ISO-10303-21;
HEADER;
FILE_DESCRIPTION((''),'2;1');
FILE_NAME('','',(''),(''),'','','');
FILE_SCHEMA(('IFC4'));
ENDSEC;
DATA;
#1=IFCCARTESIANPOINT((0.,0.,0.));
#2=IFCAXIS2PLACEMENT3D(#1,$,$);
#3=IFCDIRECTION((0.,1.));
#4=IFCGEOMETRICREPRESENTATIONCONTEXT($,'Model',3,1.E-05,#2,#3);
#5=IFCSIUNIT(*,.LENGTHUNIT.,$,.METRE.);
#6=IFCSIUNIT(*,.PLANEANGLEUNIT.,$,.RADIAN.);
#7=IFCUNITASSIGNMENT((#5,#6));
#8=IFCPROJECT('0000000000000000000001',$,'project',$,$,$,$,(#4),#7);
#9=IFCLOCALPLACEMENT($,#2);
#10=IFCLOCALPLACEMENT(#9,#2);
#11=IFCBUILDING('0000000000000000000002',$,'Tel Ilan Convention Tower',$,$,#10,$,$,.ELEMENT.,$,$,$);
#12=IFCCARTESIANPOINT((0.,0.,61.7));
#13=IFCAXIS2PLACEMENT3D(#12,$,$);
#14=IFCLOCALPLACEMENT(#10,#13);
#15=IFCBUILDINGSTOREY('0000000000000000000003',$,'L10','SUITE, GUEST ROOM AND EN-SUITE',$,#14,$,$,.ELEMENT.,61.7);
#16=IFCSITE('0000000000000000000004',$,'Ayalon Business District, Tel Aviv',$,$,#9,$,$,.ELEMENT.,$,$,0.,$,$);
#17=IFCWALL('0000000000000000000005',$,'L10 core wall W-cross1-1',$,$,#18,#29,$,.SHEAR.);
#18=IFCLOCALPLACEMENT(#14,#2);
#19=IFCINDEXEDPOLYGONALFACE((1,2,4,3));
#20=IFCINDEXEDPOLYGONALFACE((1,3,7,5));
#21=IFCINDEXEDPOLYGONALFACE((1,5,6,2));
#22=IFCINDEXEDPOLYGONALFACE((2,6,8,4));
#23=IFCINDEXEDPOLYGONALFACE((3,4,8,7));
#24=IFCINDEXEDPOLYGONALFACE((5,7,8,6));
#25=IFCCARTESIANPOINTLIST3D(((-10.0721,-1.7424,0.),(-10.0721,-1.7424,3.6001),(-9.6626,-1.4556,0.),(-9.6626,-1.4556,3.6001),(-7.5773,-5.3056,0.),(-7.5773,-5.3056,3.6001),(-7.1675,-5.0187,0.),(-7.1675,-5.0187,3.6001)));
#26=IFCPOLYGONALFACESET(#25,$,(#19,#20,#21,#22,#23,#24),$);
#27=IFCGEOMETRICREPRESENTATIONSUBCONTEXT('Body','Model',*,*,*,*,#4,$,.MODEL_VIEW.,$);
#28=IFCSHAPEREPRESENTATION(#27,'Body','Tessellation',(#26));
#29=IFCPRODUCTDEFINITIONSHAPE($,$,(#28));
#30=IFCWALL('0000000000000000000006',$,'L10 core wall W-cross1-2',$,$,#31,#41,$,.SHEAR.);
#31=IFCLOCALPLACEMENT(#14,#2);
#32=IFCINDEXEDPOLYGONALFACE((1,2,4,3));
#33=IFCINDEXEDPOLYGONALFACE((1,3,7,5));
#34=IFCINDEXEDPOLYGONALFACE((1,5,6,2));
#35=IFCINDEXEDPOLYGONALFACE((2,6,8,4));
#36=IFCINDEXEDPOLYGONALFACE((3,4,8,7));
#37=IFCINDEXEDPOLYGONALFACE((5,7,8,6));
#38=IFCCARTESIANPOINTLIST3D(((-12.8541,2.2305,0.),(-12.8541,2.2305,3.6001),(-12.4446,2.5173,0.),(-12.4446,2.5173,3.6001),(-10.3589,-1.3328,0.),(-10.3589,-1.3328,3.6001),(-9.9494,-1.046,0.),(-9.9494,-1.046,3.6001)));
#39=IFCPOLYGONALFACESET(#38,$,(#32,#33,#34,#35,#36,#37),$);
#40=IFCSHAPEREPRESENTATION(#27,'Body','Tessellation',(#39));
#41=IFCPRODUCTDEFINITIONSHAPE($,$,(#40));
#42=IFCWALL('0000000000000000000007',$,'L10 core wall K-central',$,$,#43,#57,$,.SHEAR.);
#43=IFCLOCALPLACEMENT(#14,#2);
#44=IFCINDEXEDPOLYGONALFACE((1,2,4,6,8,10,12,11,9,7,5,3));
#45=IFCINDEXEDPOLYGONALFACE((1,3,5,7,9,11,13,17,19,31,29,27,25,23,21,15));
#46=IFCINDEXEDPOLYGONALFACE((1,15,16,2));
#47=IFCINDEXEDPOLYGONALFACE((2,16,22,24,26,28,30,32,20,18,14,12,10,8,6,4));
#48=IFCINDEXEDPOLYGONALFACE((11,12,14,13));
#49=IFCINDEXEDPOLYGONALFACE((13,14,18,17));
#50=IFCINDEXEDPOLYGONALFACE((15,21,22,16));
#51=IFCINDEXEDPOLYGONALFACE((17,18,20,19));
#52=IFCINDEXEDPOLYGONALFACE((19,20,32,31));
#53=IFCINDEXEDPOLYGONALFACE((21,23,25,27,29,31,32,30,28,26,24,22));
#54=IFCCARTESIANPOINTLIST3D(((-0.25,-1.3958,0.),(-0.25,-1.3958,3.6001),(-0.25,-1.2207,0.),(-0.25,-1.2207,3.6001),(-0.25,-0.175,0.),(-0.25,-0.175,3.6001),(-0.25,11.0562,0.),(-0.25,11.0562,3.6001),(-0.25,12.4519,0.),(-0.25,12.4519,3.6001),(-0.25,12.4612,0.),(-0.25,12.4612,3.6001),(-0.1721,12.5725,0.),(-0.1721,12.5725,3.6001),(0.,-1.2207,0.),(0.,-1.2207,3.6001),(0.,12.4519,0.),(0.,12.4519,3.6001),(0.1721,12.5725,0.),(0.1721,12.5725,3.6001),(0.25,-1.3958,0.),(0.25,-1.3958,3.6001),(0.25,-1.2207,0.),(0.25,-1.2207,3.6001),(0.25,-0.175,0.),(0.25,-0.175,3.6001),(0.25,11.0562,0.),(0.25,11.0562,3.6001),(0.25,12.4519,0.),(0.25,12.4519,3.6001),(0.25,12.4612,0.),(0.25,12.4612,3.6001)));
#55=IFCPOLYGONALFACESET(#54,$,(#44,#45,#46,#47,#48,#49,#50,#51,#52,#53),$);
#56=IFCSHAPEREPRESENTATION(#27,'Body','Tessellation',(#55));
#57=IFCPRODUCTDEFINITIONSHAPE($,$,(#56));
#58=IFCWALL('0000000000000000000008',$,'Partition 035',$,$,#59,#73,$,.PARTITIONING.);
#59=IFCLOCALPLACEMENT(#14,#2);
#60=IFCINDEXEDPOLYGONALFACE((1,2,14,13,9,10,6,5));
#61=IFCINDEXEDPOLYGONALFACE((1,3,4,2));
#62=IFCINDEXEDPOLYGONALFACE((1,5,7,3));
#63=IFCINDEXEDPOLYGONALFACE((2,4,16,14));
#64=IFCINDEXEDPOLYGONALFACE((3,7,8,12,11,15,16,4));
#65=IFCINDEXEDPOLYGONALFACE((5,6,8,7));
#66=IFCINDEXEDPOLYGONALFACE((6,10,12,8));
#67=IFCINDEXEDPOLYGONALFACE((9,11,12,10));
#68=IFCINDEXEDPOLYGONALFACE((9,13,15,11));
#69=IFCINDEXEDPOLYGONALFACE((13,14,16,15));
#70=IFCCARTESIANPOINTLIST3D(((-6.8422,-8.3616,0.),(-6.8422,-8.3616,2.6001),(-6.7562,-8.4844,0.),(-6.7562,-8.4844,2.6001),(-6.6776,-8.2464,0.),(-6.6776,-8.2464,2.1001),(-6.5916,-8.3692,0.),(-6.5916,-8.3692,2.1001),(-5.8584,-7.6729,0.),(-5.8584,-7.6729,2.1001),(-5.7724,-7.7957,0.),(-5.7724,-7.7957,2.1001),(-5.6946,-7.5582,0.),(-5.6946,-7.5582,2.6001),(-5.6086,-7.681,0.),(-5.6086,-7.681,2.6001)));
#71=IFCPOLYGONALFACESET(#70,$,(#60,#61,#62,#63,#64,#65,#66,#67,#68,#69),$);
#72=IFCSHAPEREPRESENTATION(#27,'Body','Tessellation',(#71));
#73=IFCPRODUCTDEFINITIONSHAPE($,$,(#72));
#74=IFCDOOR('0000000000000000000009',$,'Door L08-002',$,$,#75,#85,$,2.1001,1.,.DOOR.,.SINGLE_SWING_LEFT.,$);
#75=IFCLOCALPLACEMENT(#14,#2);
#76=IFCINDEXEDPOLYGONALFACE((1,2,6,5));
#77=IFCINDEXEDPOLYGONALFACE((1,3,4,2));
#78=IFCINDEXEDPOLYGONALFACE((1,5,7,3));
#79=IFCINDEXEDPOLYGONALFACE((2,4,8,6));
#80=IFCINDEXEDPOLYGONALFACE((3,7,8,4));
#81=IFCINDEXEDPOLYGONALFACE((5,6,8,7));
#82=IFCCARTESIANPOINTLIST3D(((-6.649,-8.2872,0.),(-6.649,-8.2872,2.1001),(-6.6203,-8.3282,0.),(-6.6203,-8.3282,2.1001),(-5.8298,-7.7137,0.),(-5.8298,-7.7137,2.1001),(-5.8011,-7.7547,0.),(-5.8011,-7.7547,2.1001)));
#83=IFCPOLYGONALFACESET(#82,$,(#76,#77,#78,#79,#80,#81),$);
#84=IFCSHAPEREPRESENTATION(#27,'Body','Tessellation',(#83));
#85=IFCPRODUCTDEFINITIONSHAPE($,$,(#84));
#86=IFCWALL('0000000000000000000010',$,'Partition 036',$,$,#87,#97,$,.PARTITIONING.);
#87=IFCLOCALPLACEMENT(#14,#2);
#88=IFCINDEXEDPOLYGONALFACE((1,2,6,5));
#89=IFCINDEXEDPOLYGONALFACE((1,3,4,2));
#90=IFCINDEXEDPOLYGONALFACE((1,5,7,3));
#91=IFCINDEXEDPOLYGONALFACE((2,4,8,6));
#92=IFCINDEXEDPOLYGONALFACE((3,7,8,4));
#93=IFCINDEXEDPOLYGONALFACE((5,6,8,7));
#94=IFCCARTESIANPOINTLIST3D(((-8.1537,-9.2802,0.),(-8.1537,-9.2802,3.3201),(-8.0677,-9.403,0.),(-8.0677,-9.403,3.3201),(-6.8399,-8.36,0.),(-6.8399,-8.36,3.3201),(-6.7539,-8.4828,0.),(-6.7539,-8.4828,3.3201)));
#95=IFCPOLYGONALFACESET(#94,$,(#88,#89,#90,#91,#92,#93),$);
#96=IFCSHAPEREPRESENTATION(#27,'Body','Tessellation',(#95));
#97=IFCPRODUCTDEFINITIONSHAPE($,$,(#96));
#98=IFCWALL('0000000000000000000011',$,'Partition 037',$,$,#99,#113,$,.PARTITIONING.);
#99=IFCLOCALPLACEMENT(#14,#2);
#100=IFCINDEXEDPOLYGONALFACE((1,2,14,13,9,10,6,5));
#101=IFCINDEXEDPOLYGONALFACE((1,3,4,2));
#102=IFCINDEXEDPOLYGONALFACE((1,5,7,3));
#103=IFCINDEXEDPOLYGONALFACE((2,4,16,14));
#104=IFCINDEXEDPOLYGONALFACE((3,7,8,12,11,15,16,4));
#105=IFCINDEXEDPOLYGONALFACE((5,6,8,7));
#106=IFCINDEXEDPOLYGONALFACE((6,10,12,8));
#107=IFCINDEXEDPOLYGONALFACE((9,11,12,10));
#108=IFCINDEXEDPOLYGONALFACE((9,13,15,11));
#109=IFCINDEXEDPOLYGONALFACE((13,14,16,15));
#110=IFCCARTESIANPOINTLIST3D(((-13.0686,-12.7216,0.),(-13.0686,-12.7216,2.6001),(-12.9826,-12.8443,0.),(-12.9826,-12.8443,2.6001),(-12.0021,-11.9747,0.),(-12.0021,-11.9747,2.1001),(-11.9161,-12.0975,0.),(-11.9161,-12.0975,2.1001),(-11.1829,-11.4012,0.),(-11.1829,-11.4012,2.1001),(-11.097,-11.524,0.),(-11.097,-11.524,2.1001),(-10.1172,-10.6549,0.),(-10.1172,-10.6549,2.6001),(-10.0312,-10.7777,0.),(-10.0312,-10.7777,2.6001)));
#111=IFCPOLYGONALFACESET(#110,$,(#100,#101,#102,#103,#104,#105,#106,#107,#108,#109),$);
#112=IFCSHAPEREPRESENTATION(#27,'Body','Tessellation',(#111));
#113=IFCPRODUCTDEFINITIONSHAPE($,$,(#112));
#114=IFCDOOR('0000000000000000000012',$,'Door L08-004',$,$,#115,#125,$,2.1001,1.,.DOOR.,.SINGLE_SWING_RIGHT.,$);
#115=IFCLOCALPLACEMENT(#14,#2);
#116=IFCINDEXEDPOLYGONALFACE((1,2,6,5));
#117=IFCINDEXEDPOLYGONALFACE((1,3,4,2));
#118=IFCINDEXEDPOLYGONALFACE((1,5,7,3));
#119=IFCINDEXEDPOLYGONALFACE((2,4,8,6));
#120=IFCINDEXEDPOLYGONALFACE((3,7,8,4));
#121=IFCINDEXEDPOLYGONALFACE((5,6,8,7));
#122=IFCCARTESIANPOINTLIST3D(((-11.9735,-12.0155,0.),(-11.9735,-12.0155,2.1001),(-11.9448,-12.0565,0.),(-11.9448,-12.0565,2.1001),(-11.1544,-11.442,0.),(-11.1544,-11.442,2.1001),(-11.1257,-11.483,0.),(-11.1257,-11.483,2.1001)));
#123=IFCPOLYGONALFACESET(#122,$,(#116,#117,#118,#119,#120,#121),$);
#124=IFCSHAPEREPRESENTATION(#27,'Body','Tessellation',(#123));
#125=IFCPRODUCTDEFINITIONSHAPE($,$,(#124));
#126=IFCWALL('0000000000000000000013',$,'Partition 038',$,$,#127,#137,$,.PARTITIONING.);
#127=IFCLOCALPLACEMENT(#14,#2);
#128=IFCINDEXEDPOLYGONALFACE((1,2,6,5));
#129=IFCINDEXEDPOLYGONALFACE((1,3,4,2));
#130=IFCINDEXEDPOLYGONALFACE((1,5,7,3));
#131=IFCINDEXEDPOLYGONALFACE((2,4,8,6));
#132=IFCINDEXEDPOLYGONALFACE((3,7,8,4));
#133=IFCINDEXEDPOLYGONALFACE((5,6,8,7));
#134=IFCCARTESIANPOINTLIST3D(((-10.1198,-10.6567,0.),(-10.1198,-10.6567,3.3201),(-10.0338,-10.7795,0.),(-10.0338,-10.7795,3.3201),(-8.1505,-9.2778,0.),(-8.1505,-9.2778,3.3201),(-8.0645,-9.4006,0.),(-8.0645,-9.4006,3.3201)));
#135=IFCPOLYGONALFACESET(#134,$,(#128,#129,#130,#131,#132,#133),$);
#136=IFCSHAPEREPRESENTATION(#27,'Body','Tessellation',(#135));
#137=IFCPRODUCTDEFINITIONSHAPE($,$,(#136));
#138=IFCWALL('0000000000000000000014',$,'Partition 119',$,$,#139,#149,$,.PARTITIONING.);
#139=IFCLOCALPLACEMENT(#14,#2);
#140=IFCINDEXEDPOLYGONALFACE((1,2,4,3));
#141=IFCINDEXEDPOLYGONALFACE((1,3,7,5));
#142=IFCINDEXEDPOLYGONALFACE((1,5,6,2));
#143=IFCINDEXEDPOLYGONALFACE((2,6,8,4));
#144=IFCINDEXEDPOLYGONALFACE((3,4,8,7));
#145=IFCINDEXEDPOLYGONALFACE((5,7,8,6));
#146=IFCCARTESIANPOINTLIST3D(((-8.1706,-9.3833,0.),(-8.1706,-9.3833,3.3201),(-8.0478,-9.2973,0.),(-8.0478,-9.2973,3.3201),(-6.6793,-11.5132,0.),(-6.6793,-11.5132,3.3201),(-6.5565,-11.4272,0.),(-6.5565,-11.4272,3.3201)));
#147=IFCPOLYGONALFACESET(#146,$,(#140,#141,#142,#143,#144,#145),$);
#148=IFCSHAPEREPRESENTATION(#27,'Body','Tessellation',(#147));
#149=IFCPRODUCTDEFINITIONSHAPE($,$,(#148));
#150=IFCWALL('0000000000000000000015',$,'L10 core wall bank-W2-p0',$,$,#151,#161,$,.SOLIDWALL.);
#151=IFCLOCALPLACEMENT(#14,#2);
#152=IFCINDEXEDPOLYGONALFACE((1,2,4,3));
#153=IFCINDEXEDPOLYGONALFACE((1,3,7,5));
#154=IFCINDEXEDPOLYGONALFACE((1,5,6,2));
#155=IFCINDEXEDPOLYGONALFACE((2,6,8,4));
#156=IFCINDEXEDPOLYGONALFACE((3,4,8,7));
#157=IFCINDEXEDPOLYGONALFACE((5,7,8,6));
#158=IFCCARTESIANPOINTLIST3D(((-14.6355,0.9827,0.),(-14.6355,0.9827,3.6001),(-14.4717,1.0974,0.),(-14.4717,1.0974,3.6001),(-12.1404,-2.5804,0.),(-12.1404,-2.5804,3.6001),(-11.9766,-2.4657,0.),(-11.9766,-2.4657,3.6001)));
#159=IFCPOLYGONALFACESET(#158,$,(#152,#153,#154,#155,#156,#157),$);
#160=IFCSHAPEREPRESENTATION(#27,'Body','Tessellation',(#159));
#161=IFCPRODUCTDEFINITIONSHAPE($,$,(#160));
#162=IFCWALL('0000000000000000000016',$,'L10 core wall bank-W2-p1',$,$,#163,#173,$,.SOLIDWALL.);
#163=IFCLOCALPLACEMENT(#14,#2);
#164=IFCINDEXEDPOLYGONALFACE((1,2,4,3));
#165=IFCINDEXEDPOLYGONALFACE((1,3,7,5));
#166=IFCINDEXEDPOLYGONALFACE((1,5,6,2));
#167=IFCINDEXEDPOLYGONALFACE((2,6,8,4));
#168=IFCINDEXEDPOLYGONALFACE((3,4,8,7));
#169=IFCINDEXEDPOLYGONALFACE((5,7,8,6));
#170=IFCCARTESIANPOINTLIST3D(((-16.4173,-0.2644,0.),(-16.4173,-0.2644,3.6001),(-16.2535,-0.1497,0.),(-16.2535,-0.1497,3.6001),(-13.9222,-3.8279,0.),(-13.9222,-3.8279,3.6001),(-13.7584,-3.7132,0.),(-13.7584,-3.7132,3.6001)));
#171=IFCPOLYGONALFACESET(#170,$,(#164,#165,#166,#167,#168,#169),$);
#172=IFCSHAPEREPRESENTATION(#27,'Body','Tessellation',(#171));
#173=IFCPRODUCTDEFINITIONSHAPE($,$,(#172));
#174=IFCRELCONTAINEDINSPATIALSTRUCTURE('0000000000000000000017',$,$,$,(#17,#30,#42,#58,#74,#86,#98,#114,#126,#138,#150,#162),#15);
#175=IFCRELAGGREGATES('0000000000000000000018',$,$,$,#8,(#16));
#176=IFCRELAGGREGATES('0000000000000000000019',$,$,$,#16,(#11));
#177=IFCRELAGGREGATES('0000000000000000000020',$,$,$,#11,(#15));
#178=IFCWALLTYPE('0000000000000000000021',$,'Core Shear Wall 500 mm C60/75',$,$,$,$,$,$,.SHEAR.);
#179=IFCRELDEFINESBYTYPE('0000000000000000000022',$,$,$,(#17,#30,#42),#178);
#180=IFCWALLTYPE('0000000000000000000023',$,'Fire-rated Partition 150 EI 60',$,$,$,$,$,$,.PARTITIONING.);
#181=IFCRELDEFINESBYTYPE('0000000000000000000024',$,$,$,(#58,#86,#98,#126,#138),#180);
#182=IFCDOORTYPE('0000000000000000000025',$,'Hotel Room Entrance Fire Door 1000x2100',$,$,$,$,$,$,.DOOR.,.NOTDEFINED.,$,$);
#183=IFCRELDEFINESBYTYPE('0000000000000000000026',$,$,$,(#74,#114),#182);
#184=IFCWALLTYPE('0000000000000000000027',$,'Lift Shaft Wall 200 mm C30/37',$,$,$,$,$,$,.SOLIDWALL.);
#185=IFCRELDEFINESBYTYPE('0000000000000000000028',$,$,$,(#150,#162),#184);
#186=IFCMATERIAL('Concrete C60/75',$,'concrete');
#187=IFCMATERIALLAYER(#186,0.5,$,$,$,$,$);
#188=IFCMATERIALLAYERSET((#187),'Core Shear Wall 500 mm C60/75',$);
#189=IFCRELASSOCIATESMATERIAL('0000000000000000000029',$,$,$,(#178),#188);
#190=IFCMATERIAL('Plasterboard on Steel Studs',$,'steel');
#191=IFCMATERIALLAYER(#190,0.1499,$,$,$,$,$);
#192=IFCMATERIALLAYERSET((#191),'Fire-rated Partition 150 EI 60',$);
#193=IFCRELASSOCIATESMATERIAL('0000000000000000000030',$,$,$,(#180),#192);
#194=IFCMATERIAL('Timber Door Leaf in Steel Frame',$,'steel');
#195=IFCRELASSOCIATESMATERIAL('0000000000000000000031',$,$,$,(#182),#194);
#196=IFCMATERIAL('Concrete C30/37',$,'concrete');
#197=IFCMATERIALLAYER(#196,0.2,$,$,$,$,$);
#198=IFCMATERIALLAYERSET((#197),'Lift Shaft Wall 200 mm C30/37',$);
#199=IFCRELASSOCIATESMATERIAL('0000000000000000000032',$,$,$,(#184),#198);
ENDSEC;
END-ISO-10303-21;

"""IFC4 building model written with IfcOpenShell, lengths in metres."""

from ifc_helpers import new_model, si_unit, direction, frame, frame_2d, origin, place, context, subcontext, project, spatial, polyline, rectangle, outline, extrude, material, layer, layer_set, type_object, element, fill, save


model = new_model("IFC4")

# Units and contexts
model_context = context("Model", 3, precision=1e-05, world=origin(), true_north=direction((0.0, 1.0)))
body_context = subcontext(model_context, "Body", "Model", "MODEL_VIEW")
ifc_project = project(units=[si_unit("LENGTHUNIT", "METRE"), si_unit("PLANEANGLEUNIT", "RADIAN")], contexts=[model_context])

# Site, building, storey
site_placement = place(None, origin())
site = spatial("IfcSite", under=ifc_project, at=site_placement, Name="Ayalon Business District, Tel Aviv", CompositionType="ELEMENT", RefElevation=0.0)
building_placement = place(site_placement, origin())
building = spatial("IfcBuilding", under=site, at=building_placement, Name="Tel Ilan Convention Tower", CompositionType="ELEMENT")
storey_placement = place(building_placement, frame((0.0, 0.0, 61.7)))
storey = spatial("IfcBuildingStorey", under=building, at=storey_placement, Name="L10", Description="SUITE, GUEST ROOM AND EN-SUITE", CompositionType="ELEMENT", Elevation=61.7)

# Walls
ifc_material_1 = material(Name="Concrete C60/75", Category="concrete")
ifc_layer_1 = layer(ifc_material_1, 0.5)
ifc_layer_set_1 = layer_set([ifc_layer_1], Name="Core Shear Wall 500 mm C60/75")
wall_type_1 = type_object("IfcWallType", Name="Core Shear Wall 500 mm C60/75", PredefinedType="SHEAR", material=ifc_layer_set_1)
wall_1_placement = place(storey_placement, frame((-7.3723, -5.1621, 0.0), z_axis=(0.0, 0.0, 1.0), x_axis=(-0.573594, 0.81914, 0.0)))
element("IfcWall", 1, at=wall_1_placement, inside=storey, type_object=wall_type_1, Name="L10 core wall W-cross1-1", PredefinedType="SHEAR", context=body_context, shape_type="SweptSolid", body=[
    extrude(outline(polyline([(4.3499, 0.25), (0.0, 0.2502), (0.0, -0.25), (4.3499, -0.25), (4.3499, 0.25)])), origin(), (0.0, 0.0, 1.0), 3.6001),
])
wall_2_placement = place(storey_placement, frame((-10.1543, -1.1892, 0.0), z_axis=(0.0, 0.0, 1.0), x_axis=(-0.573594, 0.81914, 0.0)))
element("IfcWall", 2, at=wall_2_placement, inside=storey, type_object=wall_type_1, Name="L10 core wall W-cross1-2", PredefinedType="SHEAR", context=body_context, shape_type="SweptSolid", body=[
    extrude(outline(polyline([(4.3499, -0.25), (4.3499, 0.25), (-0.0002, 0.25), (-0.0002, -0.25), (4.3499, -0.25)])), origin(), (0.0, 0.0, 1.0), 3.6001),
])
wall_3_placement = place(storey_placement, frame((0.0, -1.3958, 0.0), z_axis=(0.0, 0.0, 1.0), x_axis=(0.0, 1.0, 0.0)))
element("IfcWall", 3, at=wall_3_placement, inside=storey, type_object=wall_type_1, Name="L10 core wall K-central", PredefinedType="SHEAR", context=body_context, shape_type="SweptSolid", body=[
    extrude(outline(polyline([(0.0, -0.25), (0.175, -0.25), (1.2207, -0.25), (12.4519, -0.25), (13.8477, -0.25), (13.8569, -0.25), (13.9683, -0.1721), (13.8477, 0.0), (13.9683, 0.1721), (13.8569, 0.25), (13.8477, 0.25), (12.4519, 0.25), (1.2207, 0.25), (0.175, 0.25), (0.0, 0.25), (0.175, 0.0), (0.0, -0.25)])), origin(), (0.0, 0.0, 1.0), 3.6001),
])

# Wall, opening, door
ifc_material_2 = material(Name="Plasterboard on Steel Studs", Category="steel")
ifc_layer_2 = layer(ifc_material_2, 0.1499)
ifc_layer_set_2 = layer_set([ifc_layer_2], Name="Fire-rated Partition 150 EI 60")
wall_type_2 = type_object("IfcWallType", Name="Fire-rated Partition 150 EI 60", PredefinedType="PARTITIONING", material=ifc_layer_set_2)
wall_4_placement = place(storey_placement, frame((-5.6516, -7.6196, 0.0), z_axis=(0.0, 0.0, 1.0), x_axis=(-0.819207, -0.573497, 0.0)))
wall_4 = element("IfcWall", 4, at=wall_4_placement, inside=storey, type_object=wall_type_2, Name="Partition 035", PredefinedType="PARTITIONING", context=body_context, shape_type="SweptSolid", body=[
    extrude(rectangle(XDim=1.4009, YDim=0.1499, at=frame_2d((0.7004, 0.0))), origin(), (0.0, 0.0, 1.0), 2.6001),
])
opening_1_placement = place(wall_4_placement, frame((0.2, 0.0, 0.0)))
opening_1 = element("IfcOpeningElement", 5, at=opening_1_placement, cuts=wall_4, PredefinedType="OPENING", context=body_context, shape_type="SweptSolid", body=[
    extrude(rectangle(XDim=1.0, YDim=2.1001, at=frame_2d((0.5, 1.05))), frame((0.0, 0.085, 0.0), z_axis=(0.0, -1.0, 0.0), x_axis=(1.0, 0.0, 0.0)), (0.0, 0.0, 1.0), 0.1699),
])
ifc_material_3 = material(Name="Timber Door Leaf in Steel Frame", Category="steel")
door_type_1 = type_object("IfcDoorType", Name="Hotel Room Entrance Fire Door 1000x2100", OperationType="NOTDEFINED", PredefinedType="DOOR", material=ifc_material_3)
door_1_placement = place(opening_1_placement, origin())
door_1 = element("IfcDoor", 6, at=door_1_placement, inside=storey, type_object=door_type_1, Name="Door L08-002", OperationType="SINGLE_SWING_LEFT", OverallHeight=2.1001, OverallWidth=1.0, PredefinedType="DOOR", context=body_context, shape_type="SweptSolid", body=[
    extrude(rectangle(XDim=1.0, YDim=2.1001, at=frame_2d((0.5, 1.05))), frame((0.0, 0.0249, 0.0), z_axis=(0.0, -1.0, 0.0), x_axis=(1.0, 0.0, 0.0)), (0.0, 0.0, 1.0), 0.05),
])
fill(opening_1, door_1)

# Wall
wall_5_placement = place(storey_placement, frame((-6.7969, -8.4214, 0.0), z_axis=(0.0, 0.0, 1.0), x_axis=(-0.819067, -0.573697, 0.0)))
element("IfcWall", 7, at=wall_5_placement, inside=storey, type_object=wall_type_2, Name="Partition 036", PredefinedType="PARTITIONING", context=body_context, shape_type="SweptSolid", body=[
    extrude(rectangle(XDim=1.604, YDim=0.1499, at=frame_2d((0.802, 0.0))), origin(), (0.0, 0.0, 1.0), 3.3201),
])

# Wall, opening, door
wall_6_placement = place(storey_placement, frame((-10.0742, -10.7163, 0.0), z_axis=(0.0, 0.0, 1.0), x_axis=(-0.819146, -0.573585, 0.0)))
wall_6 = element("IfcWall", 8, at=wall_6_placement, inside=storey, type_object=wall_type_2, Name="Partition 037", PredefinedType="PARTITIONING", context=body_context, shape_type="SweptSolid", body=[
    extrude(rectangle(XDim=3.603, YDim=0.1499, at=frame_2d((1.8015, 0.0))), origin(), (0.0, 0.0, 1.0), 2.6001),
])
opening_2_placement = place(wall_6_placement, frame((1.301, 0.0, 0.0)))
opening_2 = element("IfcOpeningElement", 9, at=opening_2_placement, cuts=wall_6, PredefinedType="OPENING", context=body_context, shape_type="SweptSolid", body=[
    extrude(rectangle(XDim=1.0, YDim=2.1001, at=frame_2d((0.5, 1.05))), frame((0.0, 0.085, 0.0), z_axis=(0.0, -1.0, 0.0), x_axis=(1.0, 0.0, 0.0)), (0.0, 0.0, 1.0), 0.1699),
])
door_2_placement = place(opening_2_placement, origin())
door_2 = element("IfcDoor", 10, at=door_2_placement, inside=storey, type_object=door_type_1, Name="Door L08-004", OperationType="SINGLE_SWING_RIGHT", OverallHeight=2.1001, OverallWidth=1.0, PredefinedType="DOOR", context=body_context, shape_type="SweptSolid", body=[
    extrude(rectangle(XDim=1.0, YDim=2.1001, at=frame_2d((0.5, 1.05))), frame((0.0, 0.0249, 0.0), z_axis=(0.0, -1.0, 0.0), x_axis=(1.0, 0.0, 0.0)), (0.0, 0.0, 1.0), 0.05),
])
fill(opening_2, door_2)

# Walls
wall_7_placement = place(storey_placement, frame((-8.1074, -9.3391, 0.0), z_axis=(0.0, 0.0, 1.0), x_axis=(-0.819146, -0.573585, 0.0)))
element("IfcWall", 11, at=wall_7_placement, inside=storey, type_object=wall_type_2, Name="Partition 038", PredefinedType="PARTITIONING", context=body_context, shape_type="SweptSolid", body=[
    extrude(rectangle(XDim=2.4041, YDim=0.1499, at=frame_2d((1.2021, 0.0))), origin(), (0.0, 0.0, 1.0), 3.3201),
])
wall_8_placement = place(storey_placement, frame((-6.6179, -11.4702, 0.0), z_axis=(0.0, 0.0, 1.0), x_axis=(-0.573538, 0.819179, 0.0)))
element("IfcWall", 12, at=wall_8_placement, inside=storey, type_object=wall_type_2, Name="Partition 119", PredefinedType="PARTITIONING", context=body_context, shape_type="SweptSolid", body=[
    extrude(rectangle(XDim=2.6001, YDim=0.1499, at=frame_2d((1.3, 0.0))), origin(), (0.0, 0.0, 1.0), 3.3201),
])
ifc_material_4 = material(Name="Concrete C30/37", Category="concrete")
ifc_layer_3 = layer(ifc_material_4, 0.2)
ifc_layer_set_3 = layer_set([ifc_layer_3], Name="Lift Shaft Wall 200 mm C30/37")
wall_type_3 = type_object("IfcWallType", Name="Lift Shaft Wall 200 mm C30/37", PredefinedType="SOLIDWALL", material=ifc_layer_set_3)
wall_9_placement = place(storey_placement, frame((-12.0586, -2.5229, 0.0), z_axis=(0.0, 0.0, 1.0), x_axis=(-0.573594, 0.81914, 0.0)))
element("IfcWall", 13, at=wall_9_placement, inside=storey, type_object=wall_type_3, Name="L10 core wall bank-W2-p0", PredefinedType="SOLIDWALL", context=body_context, shape_type="SweptSolid", body=[
    extrude(rectangle(XDim=4.3499, YDim=0.2, at=frame_2d((2.1748, 0.0))), origin(), (0.0, 0.0, 1.0), 3.6001),
])
wall_10_placement = place(storey_placement, frame((-13.8403, -3.7705, 0.0), z_axis=(0.0, 0.0, 1.0), x_axis=(-0.573568, 0.819158, 0.0)))
element("IfcWall", 14, at=wall_10_placement, inside=storey, type_object=wall_type_3, Name="L10 core wall bank-W2-p1", PredefinedType="SOLIDWALL", context=body_context, shape_type="SweptSolid", body=[
    extrude(rectangle(XDim=4.3501, YDim=0.2, at=frame_2d((2.175, 0.0))), origin(), (0.0, 0.0, 1.0), 3.6001),
])

save(model, "model.ifc")
